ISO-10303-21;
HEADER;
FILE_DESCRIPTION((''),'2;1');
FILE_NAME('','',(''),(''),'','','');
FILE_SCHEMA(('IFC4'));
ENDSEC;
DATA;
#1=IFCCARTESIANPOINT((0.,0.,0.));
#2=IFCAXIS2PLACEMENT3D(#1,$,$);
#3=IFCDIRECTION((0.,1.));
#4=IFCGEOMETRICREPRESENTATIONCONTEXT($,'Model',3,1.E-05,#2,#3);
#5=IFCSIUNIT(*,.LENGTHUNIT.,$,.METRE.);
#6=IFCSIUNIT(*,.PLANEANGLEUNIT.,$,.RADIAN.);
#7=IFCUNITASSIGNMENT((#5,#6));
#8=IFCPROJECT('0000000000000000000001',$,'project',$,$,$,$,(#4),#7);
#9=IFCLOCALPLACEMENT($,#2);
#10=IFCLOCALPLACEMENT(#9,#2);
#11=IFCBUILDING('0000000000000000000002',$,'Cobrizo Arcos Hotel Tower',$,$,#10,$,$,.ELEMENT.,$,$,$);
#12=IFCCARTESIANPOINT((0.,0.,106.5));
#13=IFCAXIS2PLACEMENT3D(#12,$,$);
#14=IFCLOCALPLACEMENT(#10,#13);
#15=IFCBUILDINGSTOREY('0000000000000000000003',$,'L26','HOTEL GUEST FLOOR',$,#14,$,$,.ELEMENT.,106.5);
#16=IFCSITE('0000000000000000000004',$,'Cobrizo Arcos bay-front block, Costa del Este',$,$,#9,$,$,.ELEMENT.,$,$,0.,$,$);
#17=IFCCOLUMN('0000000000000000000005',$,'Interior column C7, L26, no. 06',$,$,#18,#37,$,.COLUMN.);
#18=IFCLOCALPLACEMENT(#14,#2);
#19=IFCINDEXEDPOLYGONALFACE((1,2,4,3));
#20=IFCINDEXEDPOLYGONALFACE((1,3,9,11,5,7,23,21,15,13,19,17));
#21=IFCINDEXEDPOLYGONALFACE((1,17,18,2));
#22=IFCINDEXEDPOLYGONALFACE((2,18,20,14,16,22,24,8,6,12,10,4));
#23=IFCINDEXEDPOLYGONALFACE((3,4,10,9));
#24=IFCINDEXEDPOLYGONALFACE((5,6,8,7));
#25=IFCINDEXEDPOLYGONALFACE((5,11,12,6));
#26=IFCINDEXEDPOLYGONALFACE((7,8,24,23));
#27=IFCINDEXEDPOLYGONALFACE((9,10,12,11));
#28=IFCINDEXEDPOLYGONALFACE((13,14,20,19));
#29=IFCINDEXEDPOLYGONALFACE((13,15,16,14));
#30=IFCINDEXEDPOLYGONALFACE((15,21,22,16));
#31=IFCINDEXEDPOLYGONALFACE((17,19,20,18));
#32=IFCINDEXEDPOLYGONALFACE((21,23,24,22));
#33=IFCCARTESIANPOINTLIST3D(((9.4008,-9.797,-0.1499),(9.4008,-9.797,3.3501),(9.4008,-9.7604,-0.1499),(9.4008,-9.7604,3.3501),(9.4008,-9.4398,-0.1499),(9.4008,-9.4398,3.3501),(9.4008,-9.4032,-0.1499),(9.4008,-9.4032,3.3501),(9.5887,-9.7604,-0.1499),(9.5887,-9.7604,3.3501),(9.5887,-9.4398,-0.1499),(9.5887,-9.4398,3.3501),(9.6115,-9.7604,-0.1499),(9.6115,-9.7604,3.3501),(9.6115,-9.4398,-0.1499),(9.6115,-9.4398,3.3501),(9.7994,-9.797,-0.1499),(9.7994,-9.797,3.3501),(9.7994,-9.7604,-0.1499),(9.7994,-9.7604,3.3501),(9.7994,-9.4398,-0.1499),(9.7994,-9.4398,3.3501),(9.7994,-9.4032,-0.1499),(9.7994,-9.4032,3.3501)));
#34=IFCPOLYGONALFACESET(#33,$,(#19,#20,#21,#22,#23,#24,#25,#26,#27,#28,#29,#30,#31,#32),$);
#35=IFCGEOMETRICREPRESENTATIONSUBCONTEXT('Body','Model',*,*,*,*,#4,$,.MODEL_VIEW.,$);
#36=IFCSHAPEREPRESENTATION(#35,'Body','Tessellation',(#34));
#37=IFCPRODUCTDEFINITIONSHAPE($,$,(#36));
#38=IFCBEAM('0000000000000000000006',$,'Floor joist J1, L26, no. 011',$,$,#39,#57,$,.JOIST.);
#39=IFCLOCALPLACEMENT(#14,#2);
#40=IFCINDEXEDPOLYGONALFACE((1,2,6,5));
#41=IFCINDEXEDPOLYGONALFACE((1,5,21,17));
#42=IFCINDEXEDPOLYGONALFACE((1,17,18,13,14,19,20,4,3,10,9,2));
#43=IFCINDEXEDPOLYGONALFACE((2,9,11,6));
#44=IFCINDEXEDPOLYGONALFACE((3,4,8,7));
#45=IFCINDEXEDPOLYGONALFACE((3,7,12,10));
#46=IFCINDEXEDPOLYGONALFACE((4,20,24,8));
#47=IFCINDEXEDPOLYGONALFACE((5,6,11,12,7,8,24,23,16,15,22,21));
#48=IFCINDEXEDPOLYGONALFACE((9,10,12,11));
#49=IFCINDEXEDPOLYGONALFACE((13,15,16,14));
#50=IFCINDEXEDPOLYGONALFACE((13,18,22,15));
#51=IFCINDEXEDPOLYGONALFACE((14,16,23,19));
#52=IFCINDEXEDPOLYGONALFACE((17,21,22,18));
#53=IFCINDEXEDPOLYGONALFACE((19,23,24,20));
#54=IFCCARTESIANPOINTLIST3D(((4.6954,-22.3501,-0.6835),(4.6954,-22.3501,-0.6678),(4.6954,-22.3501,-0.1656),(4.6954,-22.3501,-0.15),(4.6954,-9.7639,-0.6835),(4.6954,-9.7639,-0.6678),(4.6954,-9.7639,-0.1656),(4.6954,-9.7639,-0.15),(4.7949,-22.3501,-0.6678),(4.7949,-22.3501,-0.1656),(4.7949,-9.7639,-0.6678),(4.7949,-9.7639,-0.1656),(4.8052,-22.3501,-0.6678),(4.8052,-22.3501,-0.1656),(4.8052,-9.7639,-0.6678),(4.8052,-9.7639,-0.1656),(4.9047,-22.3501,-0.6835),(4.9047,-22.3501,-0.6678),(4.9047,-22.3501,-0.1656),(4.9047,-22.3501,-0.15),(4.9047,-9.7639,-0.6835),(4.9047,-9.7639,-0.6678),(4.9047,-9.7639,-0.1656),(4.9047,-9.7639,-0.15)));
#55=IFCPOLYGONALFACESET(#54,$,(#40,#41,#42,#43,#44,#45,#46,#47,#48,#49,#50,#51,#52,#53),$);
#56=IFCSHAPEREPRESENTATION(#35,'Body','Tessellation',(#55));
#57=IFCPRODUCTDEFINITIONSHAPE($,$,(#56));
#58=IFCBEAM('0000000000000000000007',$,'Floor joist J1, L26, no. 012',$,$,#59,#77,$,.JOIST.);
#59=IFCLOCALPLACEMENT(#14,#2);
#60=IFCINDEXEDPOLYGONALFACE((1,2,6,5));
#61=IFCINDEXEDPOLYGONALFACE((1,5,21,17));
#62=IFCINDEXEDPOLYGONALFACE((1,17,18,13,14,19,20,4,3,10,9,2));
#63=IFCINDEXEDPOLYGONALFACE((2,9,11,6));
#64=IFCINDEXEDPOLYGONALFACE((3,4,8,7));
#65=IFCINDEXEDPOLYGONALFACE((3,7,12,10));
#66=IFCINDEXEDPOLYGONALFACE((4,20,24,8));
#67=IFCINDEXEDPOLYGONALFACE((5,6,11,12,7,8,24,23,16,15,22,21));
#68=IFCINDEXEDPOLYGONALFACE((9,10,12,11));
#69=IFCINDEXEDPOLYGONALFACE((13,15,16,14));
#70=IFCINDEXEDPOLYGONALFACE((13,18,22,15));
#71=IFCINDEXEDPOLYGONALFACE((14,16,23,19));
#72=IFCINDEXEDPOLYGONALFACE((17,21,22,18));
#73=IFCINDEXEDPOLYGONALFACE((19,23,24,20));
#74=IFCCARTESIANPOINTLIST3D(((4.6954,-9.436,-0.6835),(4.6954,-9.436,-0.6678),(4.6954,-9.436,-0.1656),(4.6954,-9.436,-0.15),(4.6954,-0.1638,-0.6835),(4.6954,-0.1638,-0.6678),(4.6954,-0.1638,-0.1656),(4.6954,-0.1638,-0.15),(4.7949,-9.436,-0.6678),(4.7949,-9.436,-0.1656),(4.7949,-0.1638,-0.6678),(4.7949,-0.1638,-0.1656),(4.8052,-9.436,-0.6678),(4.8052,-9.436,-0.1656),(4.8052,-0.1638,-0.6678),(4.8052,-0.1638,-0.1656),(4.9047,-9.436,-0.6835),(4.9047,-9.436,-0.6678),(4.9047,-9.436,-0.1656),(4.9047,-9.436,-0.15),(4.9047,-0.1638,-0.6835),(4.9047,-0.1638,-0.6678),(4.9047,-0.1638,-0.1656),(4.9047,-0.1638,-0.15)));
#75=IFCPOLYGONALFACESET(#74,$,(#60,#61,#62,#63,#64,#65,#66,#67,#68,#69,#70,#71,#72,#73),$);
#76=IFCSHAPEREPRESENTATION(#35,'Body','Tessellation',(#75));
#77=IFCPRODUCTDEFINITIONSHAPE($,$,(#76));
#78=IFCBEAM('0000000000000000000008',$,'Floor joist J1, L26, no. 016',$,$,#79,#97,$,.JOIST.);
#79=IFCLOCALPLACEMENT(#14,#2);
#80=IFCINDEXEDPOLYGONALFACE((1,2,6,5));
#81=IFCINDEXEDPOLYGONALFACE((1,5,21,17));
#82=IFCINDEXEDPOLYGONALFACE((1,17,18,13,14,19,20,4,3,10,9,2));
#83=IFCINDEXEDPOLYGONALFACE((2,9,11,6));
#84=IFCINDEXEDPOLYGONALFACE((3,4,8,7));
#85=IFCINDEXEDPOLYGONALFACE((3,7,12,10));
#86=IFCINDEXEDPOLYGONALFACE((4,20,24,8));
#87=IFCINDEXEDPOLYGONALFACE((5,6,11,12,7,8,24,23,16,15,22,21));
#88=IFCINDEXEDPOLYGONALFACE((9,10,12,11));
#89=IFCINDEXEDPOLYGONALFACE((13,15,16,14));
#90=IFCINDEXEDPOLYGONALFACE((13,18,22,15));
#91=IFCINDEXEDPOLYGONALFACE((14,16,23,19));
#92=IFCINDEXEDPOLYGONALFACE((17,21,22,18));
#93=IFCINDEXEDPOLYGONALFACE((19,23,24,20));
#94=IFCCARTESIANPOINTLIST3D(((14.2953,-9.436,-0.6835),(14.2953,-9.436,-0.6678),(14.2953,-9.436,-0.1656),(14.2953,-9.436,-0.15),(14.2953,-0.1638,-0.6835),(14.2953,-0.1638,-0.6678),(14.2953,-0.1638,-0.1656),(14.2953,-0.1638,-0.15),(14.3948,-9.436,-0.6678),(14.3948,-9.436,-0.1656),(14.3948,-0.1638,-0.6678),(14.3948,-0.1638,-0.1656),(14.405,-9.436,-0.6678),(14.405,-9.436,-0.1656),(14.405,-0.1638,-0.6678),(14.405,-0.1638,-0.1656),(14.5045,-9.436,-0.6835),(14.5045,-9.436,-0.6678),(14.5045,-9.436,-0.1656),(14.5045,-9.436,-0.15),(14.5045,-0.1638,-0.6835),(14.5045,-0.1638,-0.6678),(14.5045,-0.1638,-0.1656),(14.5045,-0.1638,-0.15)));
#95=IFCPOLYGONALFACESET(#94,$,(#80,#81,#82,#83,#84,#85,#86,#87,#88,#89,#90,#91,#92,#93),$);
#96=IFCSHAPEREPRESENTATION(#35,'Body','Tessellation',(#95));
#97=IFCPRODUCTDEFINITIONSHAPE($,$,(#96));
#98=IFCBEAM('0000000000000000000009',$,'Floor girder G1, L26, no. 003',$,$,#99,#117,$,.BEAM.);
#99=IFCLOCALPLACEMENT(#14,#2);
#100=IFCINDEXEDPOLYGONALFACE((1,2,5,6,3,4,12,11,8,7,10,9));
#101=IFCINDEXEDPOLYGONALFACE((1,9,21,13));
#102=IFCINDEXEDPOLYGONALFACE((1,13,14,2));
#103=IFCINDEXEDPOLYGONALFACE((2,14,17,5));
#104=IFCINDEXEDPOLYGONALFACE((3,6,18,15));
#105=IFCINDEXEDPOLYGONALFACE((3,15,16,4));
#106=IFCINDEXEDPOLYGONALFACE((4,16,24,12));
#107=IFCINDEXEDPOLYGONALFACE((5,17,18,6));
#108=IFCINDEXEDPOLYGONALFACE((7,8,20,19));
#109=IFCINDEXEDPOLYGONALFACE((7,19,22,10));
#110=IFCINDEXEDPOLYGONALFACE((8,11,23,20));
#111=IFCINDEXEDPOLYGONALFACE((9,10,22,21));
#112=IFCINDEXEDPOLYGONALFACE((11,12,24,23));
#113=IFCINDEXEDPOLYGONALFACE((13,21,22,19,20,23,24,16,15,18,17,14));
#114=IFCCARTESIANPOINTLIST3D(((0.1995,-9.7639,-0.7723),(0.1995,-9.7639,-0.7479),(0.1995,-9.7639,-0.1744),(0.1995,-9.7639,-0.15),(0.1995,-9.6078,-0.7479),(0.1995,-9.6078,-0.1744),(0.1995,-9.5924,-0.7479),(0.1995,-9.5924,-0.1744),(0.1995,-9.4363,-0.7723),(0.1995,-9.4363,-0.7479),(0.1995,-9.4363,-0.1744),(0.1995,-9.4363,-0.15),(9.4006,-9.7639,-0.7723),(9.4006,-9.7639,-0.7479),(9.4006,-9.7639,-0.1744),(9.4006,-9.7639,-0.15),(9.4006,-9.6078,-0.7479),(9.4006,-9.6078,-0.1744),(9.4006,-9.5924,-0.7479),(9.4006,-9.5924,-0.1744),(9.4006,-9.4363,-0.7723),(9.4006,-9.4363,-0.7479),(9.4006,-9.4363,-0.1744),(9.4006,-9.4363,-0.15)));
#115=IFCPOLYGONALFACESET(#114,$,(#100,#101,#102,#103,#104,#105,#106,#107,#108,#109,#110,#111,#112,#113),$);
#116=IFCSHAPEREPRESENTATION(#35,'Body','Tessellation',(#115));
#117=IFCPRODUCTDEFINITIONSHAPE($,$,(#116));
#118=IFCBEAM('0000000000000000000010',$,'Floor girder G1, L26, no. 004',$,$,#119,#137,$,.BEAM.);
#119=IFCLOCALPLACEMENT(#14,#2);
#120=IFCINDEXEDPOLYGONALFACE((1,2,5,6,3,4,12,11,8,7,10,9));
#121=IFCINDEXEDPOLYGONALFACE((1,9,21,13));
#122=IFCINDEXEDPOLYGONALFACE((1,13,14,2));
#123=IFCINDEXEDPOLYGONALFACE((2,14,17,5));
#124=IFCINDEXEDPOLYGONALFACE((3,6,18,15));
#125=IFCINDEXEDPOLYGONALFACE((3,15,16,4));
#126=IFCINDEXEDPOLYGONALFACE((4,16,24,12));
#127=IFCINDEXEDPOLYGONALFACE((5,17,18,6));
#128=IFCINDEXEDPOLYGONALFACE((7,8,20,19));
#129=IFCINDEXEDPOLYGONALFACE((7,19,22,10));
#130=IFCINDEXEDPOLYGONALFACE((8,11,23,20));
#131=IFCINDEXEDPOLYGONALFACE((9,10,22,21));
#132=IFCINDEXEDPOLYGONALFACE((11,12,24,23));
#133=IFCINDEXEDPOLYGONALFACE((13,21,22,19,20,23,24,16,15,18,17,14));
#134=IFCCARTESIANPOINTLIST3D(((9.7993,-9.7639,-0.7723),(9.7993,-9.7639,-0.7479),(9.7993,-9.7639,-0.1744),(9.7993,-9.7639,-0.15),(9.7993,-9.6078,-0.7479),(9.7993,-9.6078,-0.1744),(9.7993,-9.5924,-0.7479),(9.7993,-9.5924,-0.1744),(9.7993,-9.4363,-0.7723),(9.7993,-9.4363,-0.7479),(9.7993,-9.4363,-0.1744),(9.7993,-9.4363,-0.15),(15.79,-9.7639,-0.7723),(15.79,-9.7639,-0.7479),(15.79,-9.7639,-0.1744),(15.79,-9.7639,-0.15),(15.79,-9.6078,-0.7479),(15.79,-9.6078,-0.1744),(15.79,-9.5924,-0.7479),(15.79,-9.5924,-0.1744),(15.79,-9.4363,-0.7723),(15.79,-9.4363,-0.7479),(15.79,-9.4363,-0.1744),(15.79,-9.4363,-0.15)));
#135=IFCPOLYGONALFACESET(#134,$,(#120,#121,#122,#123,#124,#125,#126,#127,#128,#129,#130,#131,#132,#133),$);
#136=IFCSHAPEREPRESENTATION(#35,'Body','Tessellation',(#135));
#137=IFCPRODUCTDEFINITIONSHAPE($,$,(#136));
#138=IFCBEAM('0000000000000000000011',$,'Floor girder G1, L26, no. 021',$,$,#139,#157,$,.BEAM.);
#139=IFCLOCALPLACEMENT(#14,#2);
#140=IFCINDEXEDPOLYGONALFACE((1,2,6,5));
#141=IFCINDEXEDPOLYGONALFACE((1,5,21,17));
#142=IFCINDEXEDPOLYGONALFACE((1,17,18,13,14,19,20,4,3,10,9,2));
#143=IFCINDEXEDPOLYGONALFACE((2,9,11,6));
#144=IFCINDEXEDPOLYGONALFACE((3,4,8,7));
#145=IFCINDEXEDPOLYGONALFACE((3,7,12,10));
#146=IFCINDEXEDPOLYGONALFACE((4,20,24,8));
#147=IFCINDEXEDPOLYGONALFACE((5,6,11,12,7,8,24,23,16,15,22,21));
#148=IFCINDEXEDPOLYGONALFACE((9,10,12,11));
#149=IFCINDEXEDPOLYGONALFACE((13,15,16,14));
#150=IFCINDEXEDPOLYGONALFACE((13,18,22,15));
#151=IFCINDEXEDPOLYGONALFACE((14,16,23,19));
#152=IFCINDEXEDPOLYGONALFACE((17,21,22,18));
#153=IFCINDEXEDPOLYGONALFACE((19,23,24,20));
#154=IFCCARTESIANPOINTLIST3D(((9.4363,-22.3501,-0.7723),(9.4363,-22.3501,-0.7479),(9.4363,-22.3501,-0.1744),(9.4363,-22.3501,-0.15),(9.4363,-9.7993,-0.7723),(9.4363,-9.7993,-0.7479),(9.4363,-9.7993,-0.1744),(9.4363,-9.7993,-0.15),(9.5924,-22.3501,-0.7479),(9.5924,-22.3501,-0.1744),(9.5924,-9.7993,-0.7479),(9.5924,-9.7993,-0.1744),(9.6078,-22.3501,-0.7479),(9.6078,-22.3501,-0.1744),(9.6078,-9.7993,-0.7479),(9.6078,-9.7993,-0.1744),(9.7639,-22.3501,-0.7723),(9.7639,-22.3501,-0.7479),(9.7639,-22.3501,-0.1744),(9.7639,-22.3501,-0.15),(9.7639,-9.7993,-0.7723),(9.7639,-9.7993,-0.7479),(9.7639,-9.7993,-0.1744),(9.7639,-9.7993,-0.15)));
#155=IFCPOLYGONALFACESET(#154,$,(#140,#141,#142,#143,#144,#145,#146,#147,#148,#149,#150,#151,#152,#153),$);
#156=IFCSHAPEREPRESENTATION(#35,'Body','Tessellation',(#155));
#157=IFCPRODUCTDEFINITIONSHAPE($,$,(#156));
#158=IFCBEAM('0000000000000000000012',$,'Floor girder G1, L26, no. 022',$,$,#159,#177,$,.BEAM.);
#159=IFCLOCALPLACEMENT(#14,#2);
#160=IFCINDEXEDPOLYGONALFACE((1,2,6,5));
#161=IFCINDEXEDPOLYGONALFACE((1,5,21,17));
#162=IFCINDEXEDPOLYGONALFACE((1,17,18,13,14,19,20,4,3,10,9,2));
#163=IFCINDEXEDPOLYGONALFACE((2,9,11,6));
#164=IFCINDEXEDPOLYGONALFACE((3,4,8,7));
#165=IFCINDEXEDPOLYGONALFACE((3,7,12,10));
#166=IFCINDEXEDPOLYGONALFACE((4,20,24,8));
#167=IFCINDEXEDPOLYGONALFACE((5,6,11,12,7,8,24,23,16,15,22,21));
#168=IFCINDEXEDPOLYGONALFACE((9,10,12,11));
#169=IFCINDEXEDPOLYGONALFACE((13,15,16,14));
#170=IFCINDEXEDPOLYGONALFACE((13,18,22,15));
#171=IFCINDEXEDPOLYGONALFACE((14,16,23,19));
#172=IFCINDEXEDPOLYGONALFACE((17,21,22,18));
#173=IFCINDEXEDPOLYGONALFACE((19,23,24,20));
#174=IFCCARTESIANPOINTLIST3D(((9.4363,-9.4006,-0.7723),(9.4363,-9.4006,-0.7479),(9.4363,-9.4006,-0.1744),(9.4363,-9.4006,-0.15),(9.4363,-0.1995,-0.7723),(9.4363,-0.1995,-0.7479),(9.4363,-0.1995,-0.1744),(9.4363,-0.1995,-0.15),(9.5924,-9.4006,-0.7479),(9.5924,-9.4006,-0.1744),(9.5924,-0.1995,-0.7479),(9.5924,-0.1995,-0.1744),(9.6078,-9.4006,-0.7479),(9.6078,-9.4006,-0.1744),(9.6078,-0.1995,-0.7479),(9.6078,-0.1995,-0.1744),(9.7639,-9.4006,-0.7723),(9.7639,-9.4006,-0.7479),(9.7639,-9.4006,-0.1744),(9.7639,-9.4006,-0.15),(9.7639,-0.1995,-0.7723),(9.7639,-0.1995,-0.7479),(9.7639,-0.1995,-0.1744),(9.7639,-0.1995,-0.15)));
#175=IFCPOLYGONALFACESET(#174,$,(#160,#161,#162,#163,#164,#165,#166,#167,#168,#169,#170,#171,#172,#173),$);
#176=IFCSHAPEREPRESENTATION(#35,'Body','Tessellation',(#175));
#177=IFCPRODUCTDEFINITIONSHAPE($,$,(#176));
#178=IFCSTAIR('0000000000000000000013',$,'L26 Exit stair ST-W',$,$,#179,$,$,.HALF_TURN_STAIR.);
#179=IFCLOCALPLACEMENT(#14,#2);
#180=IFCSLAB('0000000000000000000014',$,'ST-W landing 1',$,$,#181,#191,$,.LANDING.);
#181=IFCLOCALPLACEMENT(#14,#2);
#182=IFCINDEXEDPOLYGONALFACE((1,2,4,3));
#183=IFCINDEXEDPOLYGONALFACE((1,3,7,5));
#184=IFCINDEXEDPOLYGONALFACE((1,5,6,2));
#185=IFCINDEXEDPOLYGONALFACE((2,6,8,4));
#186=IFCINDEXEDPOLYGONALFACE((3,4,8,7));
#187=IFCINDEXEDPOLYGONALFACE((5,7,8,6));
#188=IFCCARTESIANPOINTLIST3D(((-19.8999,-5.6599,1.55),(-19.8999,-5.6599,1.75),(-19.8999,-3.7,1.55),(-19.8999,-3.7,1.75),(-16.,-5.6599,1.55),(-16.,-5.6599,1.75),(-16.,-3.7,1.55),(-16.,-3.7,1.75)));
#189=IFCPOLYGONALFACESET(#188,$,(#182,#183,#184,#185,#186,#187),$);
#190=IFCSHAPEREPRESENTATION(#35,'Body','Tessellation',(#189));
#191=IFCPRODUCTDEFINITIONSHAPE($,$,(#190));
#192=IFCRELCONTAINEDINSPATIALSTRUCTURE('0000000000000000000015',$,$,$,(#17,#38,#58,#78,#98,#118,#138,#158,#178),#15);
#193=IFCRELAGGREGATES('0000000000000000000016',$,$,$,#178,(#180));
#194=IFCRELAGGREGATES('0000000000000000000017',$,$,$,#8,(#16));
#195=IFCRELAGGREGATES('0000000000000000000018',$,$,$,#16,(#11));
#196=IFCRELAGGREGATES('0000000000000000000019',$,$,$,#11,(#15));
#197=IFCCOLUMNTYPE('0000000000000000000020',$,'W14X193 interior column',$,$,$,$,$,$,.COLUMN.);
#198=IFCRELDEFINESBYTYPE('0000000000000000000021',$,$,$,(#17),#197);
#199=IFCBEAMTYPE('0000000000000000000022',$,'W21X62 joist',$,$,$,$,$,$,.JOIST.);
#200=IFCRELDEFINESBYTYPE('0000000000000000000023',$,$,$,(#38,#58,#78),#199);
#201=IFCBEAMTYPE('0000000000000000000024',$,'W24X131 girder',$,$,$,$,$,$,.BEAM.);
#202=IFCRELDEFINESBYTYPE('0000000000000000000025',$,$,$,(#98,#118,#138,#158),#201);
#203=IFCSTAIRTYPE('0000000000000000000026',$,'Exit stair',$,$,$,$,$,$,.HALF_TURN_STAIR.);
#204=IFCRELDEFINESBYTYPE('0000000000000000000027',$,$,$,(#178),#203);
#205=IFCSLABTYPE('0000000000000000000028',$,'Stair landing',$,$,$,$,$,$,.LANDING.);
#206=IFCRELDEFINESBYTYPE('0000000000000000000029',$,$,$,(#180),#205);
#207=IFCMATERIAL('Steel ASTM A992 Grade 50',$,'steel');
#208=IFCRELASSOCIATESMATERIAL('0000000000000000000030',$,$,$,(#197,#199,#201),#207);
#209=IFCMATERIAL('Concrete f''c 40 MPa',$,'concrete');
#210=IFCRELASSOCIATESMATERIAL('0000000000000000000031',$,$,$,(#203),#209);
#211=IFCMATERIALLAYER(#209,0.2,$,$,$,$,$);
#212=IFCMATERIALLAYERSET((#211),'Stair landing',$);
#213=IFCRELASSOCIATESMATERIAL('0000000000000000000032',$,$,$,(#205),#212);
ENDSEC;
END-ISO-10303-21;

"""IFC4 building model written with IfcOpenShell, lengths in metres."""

from ifc_helpers import new_model, si_unit, direction, frame, origin, origin_2d, place, context, subcontext, project, spatial, polyline, i_section, outline, extrude, material, layer, layer_set, material_profile, profile_set, type_object, element, aggregate, save


model = new_model("IFC4")

# Units and contexts
model_context = context("Model", 3, precision=1e-05, world=origin(), true_north=direction((0.0, 1.0)))
body_context = subcontext(model_context, "Body", "Model", "MODEL_VIEW")
ifc_project = project(units=[si_unit("LENGTHUNIT", "METRE"), si_unit("PLANEANGLEUNIT", "RADIAN")], contexts=[model_context])

# Site, building, storey
site_placement = place(None, origin())
site = spatial("IfcSite", under=ifc_project, at=site_placement, Name="Cobrizo Arcos bay-front block, Costa del Este", CompositionType="ELEMENT", RefElevation=0.0)
building_placement = place(site_placement, origin())
building = spatial("IfcBuilding", under=site, at=building_placement, Name="Cobrizo Arcos Hotel Tower", CompositionType="ELEMENT")
storey_placement = place(building_placement, frame((0.0, 0.0, 106.5)))
storey = spatial("IfcBuildingStorey", under=building, at=storey_placement, Name="L26", Description="HOTEL GUEST FLOOR", CompositionType="ELEMENT", Elevation=106.5)

# Column
ifc_material_1 = material(Name="Steel ASTM A992 Grade 50", Category="steel")
ifc_material_profile_1 = material_profile(ifc_material_1, i_section(OverallWidth=0.3987, OverallDepth=0.3938, WebThickness=0.0227, FlangeThickness=0.0366, at=origin_2d()), Name="W14X193")
ifc_profile_set_1 = profile_set([ifc_material_profile_1], Name="Steel ASTM A992 Grade 50")
column_type = type_object("IfcColumnType", Name="W14X193 interior column", PredefinedType="COLUMN", material=ifc_profile_set_1)
column_placement = place(storey_placement, frame((9.6001, -9.6001, -0.1499), z_axis=(0.0, 0.0, 1.0), x_axis=(1.0, 0.0, 0.0)))
element("IfcColumn", 1, at=column_placement, inside=storey, type_object=column_type, Name="Interior column C7, L26, no. 06", PredefinedType="COLUMN", context=body_context, shape_type="SweptSolid", body=[
    extrude(i_section(OverallWidth=0.3987, OverallDepth=0.3938, WebThickness=0.0227, FlangeThickness=0.0366, at=origin_2d()), origin(), (0.0, 0.0, 1.0), 3.5),
])

# Beams
ifc_material_profile_2 = material_profile(ifc_material_1, i_section(OverallWidth=0.2092, OverallDepth=0.5334, WebThickness=0.0103, FlangeThickness=0.0156, at=origin_2d()), Name="W21X62")
ifc_profile_set_2 = profile_set([ifc_material_profile_2], Name="Steel ASTM A992 Grade 50")
beam_type_1 = type_object("IfcBeamType", Name="W21X62 joist", PredefinedType="JOIST", material=ifc_profile_set_2)
beam_1_placement = place(storey_placement, frame((4.8, -22.3501, -0.4167), z_axis=(0.0, 1.0, 0.0), x_axis=(-1.0, 0.0, 0.0)))
element("IfcBeam", 2, at=beam_1_placement, inside=storey, type_object=beam_type_1, Name="Floor joist J1, L26, no. 011", PredefinedType="JOIST", context=body_context, shape_type="SweptSolid", body=[
    extrude(i_section(OverallWidth=0.2092, OverallDepth=0.5334, WebThickness=0.0103, FlangeThickness=0.0156, at=origin_2d()), origin(), (0.0, 0.0, 1.0), 12.5862),
])
for number, where, z_axis, x_axis, name in (
    (3, (4.8, -9.436, -0.4167), (0.0, 1.0, 0.0), (-1.0, 0.0, 0.0), "Floor joist J1, L26, no. 012"),
    (4, (14.3999, -9.436, -0.4167), (0.0, 1.0, 0.0), (-1.0, 0.0, 0.0), "Floor joist J1, L26, no. 016"),
):
    element("IfcBeam", number, at=place(storey_placement, frame(where, z_axis=z_axis, x_axis=x_axis)), inside=storey, type_object=beam_type_1, Name=name, PredefinedType="JOIST", context=body_context, shape_type="SweptSolid", body=[
        extrude(i_section(OverallWidth=0.2092, OverallDepth=0.5334, WebThickness=0.0103, FlangeThickness=0.0156, at=origin_2d()), origin(), (0.0, 0.0, 1.0), 9.2722),
    ])
ifc_material_profile_3 = material_profile(ifc_material_1, i_section(OverallWidth=0.3276, OverallDepth=0.6223, WebThickness=0.0154, FlangeThickness=0.0244, at=origin_2d()), Name="W24X131")
ifc_profile_set_3 = profile_set([ifc_material_profile_3], Name="Steel ASTM A992 Grade 50")
beam_type_2 = type_object("IfcBeamType", Name="W24X131 girder", PredefinedType="BEAM", material=ifc_profile_set_3)
beam_2_placement = place(storey_placement, frame((0.1995, -9.6001, -0.4612), z_axis=(1.0, 0.0, 0.0), x_axis=(0.0, 1.0, 0.0)))
element("IfcBeam", 5, at=beam_2_placement, inside=storey, type_object=beam_type_2, Name="Floor girder G1, L26, no. 003", PredefinedType="BEAM", context=body_context, shape_type="SweptSolid", body=[
    extrude(i_section(OverallWidth=0.3276, OverallDepth=0.6223, WebThickness=0.0154, FlangeThickness=0.0244, at=origin_2d()), origin(), (0.0, 0.0, 1.0), 9.2012),
])
beam_3_placement = place(storey_placement, frame((9.7993, -9.6001, -0.4612), z_axis=(1.0, 0.0, 0.0), x_axis=(0.0, 1.0, 0.0)))
element("IfcBeam", 6, at=beam_3_placement, inside=storey, type_object=beam_type_2, Name="Floor girder G1, L26, no. 004", PredefinedType="BEAM", context=body_context, shape_type="SweptSolid", body=[
    extrude(i_section(OverallWidth=0.3276, OverallDepth=0.6223, WebThickness=0.0154, FlangeThickness=0.0244, at=origin_2d()), origin(), (0.0, 0.0, 1.0), 5.9907),
])
beam_4_placement = place(storey_placement, frame((9.6001, -22.3501, -0.4612), z_axis=(0.0, 1.0, 0.0), x_axis=(-1.0, 0.0, 0.0)))
element("IfcBeam", 7, at=beam_4_placement, inside=storey, type_object=beam_type_2, Name="Floor girder G1, L26, no. 021", PredefinedType="BEAM", context=body_context, shape_type="SweptSolid", body=[
    extrude(i_section(OverallWidth=0.3276, OverallDepth=0.6223, WebThickness=0.0154, FlangeThickness=0.0244, at=origin_2d()), origin(), (0.0, 0.0, 1.0), 12.5508),
])
beam_5_placement = place(storey_placement, frame((9.6001, -9.4006, -0.4612), z_axis=(0.0, 1.0, 0.0), x_axis=(-1.0, 0.0, 0.0)))
element("IfcBeam", 8, at=beam_5_placement, inside=storey, type_object=beam_type_2, Name="Floor girder G1, L26, no. 022", PredefinedType="BEAM", context=body_context, shape_type="SweptSolid", body=[
    extrude(i_section(OverallWidth=0.3276, OverallDepth=0.6223, WebThickness=0.0154, FlangeThickness=0.0244, at=origin_2d()), origin(), (0.0, 0.0, 1.0), 9.2012),
])

# Stair, slab
ifc_material_2 = material(Name="Concrete f'c 40 MPa", Category="concrete")
stair_type = type_object("IfcStairType", Name="Exit stair", PredefinedType="HALF_TURN_STAIR", material=ifc_material_2)
stair_placement = place(storey_placement, origin())
stair = element("IfcStair", 9, at=stair_placement, inside=storey, type_object=stair_type, Name="L26 Exit stair ST-W", PredefinedType="HALF_TURN_STAIR")
ifc_layer_1 = layer(ifc_material_2, 0.2)
ifc_layer_set_1 = layer_set([ifc_layer_1], Name="Stair landing")
slab_type = type_object("IfcSlabType", Name="Stair landing", PredefinedType="LANDING", material=ifc_layer_set_1)
slab_placement = place(storey_placement, frame((0.0, 0.0, 1.55)))
slab = element("IfcSlab", 10, at=slab_placement, type_object=slab_type, Name="ST-W landing 1", PredefinedType="LANDING", context=body_context, shape_type="SweptSolid", body=[
    extrude(outline(polyline([(-16.0, -5.6599), (-16.0, -3.7), (-19.8999, -3.7), (-19.8999, -5.6599), (-16.0, -5.6599)])), origin(), (0.0, 0.0, 1.0), 0.2),
])
aggregate(stair, [slab])

save(model, "model.ifc")
